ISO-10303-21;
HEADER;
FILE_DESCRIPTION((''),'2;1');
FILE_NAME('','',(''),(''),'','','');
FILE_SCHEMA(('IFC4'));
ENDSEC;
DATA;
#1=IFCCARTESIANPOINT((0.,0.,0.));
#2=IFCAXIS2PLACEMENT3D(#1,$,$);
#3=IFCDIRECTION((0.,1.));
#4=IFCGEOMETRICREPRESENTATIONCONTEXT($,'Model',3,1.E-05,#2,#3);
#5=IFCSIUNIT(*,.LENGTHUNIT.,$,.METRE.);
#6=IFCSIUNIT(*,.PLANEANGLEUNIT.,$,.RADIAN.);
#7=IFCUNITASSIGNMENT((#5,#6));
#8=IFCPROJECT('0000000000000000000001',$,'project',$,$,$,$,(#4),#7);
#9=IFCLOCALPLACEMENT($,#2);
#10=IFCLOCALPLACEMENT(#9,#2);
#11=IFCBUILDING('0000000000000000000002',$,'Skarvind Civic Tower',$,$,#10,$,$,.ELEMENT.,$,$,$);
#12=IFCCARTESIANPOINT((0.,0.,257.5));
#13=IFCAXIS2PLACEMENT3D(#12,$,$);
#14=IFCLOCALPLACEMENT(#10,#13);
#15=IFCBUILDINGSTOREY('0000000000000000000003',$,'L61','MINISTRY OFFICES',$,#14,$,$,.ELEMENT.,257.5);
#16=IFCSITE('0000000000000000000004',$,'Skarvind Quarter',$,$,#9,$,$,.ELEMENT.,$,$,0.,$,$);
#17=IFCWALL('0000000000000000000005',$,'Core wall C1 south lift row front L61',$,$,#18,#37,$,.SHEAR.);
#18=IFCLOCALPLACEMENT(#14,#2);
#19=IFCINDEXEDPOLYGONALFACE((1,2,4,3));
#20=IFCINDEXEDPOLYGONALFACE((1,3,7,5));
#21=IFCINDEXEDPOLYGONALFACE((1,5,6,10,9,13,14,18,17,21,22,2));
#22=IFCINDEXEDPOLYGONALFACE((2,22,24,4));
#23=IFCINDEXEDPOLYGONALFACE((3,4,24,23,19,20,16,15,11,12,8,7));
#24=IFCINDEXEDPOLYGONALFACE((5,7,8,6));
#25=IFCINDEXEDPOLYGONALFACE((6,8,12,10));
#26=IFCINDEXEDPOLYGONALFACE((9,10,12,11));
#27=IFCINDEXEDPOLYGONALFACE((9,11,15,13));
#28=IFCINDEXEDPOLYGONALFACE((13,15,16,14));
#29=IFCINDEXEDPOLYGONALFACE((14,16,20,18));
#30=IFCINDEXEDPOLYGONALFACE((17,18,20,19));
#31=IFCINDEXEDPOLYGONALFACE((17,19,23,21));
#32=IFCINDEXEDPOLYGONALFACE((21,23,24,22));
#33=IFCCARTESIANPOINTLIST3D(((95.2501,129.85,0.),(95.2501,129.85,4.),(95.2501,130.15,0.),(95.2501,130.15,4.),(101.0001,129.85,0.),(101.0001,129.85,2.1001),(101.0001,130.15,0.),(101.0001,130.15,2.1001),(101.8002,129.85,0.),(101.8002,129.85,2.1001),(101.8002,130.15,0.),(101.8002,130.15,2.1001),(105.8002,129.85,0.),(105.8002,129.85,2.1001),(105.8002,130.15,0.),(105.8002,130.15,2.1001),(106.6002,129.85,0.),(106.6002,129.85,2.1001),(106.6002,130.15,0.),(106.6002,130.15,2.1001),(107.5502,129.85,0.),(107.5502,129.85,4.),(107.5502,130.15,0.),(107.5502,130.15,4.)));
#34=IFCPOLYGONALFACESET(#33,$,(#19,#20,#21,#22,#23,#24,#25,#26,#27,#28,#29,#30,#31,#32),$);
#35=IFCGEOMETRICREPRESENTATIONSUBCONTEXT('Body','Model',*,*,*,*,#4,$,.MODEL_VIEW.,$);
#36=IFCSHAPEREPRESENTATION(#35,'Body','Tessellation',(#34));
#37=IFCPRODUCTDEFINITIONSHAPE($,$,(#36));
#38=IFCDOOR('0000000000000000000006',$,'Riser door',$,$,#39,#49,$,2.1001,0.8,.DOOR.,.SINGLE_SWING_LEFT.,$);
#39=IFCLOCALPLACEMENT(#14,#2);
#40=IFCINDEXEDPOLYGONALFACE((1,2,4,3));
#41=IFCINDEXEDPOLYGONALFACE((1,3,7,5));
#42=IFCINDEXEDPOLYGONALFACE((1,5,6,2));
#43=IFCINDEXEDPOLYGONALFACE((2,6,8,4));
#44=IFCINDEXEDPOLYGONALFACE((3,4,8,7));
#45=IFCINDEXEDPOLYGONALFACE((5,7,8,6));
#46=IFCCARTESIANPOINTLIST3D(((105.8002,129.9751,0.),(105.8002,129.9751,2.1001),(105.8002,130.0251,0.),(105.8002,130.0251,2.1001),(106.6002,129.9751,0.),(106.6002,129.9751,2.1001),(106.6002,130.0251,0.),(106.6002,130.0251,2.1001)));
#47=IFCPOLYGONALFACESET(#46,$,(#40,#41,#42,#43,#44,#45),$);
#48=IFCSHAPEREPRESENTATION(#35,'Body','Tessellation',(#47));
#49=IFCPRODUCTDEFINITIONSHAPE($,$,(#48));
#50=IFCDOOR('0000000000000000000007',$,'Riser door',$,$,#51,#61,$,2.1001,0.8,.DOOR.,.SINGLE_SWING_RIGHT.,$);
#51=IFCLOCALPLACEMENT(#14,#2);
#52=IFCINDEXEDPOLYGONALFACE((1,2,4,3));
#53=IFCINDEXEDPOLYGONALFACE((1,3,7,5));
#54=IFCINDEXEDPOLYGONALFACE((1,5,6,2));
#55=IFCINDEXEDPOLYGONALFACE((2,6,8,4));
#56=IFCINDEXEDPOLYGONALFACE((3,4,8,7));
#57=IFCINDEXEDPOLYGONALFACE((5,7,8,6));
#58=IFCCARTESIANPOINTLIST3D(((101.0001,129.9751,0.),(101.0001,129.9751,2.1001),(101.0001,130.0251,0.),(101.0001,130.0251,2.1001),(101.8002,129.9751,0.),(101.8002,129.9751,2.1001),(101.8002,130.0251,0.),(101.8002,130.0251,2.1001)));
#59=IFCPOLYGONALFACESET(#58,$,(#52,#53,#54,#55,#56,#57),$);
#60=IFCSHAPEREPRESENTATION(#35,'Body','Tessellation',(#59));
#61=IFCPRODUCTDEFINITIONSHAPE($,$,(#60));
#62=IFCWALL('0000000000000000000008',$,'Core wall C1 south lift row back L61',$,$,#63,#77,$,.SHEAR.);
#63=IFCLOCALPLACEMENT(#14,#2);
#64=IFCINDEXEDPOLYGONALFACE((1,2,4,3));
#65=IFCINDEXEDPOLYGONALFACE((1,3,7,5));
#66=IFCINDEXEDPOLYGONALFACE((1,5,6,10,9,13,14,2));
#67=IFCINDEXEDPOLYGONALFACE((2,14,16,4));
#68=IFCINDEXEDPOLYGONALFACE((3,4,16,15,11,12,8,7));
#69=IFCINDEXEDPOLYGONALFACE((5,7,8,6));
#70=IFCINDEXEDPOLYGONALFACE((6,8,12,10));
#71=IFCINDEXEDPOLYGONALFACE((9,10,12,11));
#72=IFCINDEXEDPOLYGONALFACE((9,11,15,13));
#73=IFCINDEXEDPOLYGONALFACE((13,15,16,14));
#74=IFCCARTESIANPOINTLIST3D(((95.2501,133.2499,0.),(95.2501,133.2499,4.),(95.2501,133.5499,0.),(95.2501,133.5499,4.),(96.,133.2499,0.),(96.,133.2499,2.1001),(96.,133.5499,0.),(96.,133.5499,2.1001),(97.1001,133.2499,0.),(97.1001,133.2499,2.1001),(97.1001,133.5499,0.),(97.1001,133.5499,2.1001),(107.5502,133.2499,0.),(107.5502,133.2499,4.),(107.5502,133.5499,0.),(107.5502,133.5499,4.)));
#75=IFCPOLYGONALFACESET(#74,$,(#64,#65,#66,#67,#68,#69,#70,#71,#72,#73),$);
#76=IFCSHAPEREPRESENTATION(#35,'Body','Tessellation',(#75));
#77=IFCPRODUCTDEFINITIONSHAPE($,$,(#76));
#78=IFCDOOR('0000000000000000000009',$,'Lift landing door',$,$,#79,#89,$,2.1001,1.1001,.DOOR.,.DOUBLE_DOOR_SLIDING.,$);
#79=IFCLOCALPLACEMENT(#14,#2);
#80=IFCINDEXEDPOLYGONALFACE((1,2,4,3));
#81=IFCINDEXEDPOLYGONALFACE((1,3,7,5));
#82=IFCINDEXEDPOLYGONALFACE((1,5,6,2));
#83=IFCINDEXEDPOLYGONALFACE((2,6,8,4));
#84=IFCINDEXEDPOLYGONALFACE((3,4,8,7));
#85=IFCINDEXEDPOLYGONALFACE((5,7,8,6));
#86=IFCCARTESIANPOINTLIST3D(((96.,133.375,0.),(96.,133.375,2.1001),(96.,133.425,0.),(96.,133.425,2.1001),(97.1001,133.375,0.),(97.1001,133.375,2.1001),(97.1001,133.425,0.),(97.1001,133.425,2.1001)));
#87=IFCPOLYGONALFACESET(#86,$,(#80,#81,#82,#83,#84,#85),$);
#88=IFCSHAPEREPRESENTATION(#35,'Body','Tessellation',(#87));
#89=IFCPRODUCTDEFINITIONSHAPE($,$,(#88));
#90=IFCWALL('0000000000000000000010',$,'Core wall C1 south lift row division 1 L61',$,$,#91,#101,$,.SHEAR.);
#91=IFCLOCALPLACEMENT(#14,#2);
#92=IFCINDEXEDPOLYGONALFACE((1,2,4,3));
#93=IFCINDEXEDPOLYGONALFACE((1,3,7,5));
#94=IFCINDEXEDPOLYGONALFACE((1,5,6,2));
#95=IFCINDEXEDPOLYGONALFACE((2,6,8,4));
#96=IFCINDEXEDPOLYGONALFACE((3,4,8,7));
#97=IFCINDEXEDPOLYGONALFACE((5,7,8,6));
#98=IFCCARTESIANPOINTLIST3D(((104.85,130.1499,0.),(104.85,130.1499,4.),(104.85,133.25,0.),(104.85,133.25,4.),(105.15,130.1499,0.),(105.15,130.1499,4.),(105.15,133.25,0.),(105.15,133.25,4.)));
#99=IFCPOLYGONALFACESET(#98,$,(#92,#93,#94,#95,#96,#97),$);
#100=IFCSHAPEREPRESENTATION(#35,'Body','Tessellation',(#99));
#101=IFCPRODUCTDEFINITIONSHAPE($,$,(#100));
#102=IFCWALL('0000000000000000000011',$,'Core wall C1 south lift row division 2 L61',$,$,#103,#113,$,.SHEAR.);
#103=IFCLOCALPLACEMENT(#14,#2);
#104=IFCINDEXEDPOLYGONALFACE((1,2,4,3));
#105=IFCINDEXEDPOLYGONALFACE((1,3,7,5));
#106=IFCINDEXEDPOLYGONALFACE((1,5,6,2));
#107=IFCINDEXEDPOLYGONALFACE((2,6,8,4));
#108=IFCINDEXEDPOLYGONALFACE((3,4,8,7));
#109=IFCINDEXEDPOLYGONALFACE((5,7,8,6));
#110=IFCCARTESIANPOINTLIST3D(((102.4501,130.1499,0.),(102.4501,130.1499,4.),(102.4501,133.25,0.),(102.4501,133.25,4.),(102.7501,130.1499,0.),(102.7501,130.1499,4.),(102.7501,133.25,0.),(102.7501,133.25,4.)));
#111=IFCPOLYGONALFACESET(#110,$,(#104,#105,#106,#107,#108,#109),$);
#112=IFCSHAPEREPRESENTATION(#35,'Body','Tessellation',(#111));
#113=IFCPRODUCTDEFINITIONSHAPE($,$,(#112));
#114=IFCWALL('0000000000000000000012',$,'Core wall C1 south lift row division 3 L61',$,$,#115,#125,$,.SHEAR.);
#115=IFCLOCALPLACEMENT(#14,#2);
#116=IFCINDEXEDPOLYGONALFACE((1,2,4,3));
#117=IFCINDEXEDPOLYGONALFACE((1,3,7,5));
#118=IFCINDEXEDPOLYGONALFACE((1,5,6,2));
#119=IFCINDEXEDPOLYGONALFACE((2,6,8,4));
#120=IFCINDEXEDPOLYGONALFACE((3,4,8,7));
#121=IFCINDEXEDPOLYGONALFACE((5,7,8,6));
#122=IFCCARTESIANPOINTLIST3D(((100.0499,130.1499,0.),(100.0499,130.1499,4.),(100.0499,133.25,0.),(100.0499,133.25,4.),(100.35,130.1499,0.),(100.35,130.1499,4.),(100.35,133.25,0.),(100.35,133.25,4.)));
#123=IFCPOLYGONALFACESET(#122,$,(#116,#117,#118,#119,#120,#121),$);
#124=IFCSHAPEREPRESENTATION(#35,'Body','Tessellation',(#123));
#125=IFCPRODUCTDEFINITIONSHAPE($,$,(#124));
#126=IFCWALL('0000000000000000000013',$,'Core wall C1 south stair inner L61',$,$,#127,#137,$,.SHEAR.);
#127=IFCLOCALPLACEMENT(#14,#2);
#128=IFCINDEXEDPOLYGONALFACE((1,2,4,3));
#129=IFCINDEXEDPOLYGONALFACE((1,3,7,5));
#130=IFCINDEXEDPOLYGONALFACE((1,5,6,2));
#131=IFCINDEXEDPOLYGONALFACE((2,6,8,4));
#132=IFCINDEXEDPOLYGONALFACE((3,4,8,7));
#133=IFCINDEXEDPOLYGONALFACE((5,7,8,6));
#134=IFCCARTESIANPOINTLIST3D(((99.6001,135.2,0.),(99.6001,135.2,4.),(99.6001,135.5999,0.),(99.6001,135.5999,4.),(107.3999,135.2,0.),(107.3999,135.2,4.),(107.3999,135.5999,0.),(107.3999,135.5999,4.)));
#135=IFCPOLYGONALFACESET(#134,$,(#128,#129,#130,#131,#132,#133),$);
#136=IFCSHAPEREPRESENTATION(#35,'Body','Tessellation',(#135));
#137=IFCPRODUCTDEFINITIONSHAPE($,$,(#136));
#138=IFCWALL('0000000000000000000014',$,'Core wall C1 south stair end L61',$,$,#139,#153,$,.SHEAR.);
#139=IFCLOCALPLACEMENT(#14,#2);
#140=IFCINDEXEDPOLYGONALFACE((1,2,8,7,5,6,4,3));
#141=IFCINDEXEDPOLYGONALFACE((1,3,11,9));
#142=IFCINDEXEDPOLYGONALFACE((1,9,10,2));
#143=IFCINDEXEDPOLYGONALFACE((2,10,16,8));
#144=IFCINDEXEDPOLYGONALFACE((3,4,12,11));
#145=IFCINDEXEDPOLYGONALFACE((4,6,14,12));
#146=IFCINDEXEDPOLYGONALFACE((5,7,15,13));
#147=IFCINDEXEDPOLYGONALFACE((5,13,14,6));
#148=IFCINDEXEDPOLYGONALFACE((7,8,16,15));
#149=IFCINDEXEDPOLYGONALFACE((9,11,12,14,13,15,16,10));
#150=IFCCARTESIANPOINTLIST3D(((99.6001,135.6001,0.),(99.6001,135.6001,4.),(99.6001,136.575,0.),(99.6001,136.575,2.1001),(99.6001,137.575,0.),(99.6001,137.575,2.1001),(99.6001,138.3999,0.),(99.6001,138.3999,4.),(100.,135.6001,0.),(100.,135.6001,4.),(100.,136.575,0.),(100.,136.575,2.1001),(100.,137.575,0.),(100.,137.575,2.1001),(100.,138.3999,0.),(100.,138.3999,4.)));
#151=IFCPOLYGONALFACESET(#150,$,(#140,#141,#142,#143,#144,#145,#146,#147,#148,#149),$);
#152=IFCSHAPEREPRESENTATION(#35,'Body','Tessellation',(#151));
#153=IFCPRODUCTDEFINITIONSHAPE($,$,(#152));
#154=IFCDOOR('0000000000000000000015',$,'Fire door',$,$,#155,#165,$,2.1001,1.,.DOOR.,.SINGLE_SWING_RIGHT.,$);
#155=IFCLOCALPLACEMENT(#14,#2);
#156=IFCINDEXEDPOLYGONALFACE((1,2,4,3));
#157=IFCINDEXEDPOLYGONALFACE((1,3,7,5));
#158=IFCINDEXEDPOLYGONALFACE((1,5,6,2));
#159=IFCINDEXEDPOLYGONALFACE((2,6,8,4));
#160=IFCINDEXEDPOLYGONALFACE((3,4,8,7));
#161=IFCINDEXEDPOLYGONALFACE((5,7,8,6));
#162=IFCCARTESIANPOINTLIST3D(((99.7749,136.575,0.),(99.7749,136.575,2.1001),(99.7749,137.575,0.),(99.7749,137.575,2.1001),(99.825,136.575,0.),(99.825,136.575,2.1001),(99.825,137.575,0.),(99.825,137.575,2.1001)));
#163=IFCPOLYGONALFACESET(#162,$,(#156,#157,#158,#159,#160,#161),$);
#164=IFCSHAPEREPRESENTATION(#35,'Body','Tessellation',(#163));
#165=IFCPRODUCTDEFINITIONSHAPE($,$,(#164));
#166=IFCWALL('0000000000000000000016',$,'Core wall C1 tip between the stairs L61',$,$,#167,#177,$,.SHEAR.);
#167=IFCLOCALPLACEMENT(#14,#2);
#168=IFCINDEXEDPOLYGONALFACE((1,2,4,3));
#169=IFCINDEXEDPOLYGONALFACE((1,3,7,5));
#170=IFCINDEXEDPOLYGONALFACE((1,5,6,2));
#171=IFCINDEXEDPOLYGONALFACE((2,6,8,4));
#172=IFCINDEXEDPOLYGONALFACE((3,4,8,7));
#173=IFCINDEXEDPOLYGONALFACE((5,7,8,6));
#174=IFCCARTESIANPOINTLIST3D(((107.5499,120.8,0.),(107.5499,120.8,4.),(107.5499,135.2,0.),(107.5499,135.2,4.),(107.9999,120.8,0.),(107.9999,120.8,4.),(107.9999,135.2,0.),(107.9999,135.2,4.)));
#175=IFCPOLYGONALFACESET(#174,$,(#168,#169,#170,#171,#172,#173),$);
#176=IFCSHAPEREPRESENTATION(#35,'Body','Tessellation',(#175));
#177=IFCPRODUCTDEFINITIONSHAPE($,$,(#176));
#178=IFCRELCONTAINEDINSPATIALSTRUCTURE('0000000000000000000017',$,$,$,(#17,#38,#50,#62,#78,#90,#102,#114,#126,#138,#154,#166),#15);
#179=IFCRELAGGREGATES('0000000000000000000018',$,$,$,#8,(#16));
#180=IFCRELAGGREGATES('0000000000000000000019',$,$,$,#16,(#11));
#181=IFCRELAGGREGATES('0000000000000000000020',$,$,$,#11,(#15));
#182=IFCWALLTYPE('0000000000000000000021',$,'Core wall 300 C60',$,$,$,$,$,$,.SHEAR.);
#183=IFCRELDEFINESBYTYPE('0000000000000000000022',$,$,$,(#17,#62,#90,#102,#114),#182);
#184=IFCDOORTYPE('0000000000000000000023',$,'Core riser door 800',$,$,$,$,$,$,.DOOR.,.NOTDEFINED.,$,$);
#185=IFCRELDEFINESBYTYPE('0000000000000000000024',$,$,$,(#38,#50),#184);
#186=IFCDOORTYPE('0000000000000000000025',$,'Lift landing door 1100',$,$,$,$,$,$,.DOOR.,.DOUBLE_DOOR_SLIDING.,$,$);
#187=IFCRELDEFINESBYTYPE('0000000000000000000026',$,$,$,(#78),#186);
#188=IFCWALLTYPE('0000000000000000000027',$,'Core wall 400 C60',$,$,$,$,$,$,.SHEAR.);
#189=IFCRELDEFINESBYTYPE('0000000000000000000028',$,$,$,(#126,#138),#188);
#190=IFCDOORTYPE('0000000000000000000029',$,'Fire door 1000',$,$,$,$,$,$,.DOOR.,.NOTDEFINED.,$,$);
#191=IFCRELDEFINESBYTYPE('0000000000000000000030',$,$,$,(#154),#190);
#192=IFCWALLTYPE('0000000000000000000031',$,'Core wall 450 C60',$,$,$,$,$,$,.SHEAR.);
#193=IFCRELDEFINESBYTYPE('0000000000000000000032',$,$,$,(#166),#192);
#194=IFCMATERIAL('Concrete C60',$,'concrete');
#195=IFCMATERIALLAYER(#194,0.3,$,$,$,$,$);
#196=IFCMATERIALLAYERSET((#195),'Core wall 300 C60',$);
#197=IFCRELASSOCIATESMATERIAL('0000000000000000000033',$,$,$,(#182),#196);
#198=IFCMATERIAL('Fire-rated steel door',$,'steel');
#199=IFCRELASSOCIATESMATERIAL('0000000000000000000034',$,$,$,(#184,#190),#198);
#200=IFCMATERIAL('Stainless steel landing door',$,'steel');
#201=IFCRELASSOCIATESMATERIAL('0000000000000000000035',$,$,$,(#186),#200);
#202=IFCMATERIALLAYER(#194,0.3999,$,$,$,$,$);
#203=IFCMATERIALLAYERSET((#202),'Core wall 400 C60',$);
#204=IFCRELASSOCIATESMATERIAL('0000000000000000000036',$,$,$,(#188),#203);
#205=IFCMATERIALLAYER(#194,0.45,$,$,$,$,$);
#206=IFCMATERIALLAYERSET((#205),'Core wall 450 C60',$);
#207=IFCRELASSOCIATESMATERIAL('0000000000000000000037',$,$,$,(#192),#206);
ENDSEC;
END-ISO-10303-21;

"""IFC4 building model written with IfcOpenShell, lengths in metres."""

from ifc_helpers import new_model, si_unit, direction, frame, frame_2d, origin, place, context, subcontext, project, spatial, rectangle, extrude, material, layer, layer_set, type_object, element, fill, save


model = new_model("IFC4")

# Units and contexts
model_context = context("Model", 3, precision=1e-05, world=origin(), true_north=direction((0.0, 1.0)))
body_context = subcontext(model_context, "Body", "Model", "MODEL_VIEW")
ifc_project = project(units=[si_unit("LENGTHUNIT", "METRE"), si_unit("PLANEANGLEUNIT", "RADIAN")], contexts=[model_context])

# Site, building, storey
site_placement = place(None, origin())
site = spatial("IfcSite", under=ifc_project, at=site_placement, Name="Skarvind Quarter", CompositionType="ELEMENT", RefElevation=0.0)
building_placement = place(site_placement, origin())
building = spatial("IfcBuilding", under=site, at=building_placement, Name="Skarvind Civic Tower", CompositionType="ELEMENT")
storey_placement = place(building_placement, frame((0.0, 0.0, 257.5)))
storey = spatial("IfcBuildingStorey", under=building, at=storey_placement, Name="L61", Description="MINISTRY OFFICES", CompositionType="ELEMENT", Elevation=257.5)

# Wall, openings, doors
ifc_material_1 = material(Name="Concrete C60", Category="concrete")
ifc_layer_1 = layer(ifc_material_1, 0.3)
ifc_layer_set_1 = layer_set([ifc_layer_1], Name="Core wall 300 C60")
wall_type_1 = type_object("IfcWallType", Name="Core wall 300 C60", PredefinedType="SHEAR", material=ifc_layer_set_1)
wall_1_placement = place(storey_placement, frame((107.55, 130.0, 0.0), z_axis=(0.0, 0.0, 1.0), x_axis=(-1.0, 0.0, 0.0)))
wall_1 = element("IfcWall", 1, at=wall_1_placement, inside=storey, type_object=wall_type_1, Name="Core wall C1 south lift row front L61", PredefinedType="SHEAR", context=body_context, shape_type="SweptSolid", body=[
    extrude(rectangle(XDim=12.3, YDim=0.3, at=frame_2d((6.1499, 0.0))), origin(), (0.0, 0.0, 1.0), 4.0),
])
opening_1_placement = place(wall_1_placement, frame((0.95, 0.0, 0.0)))
opening_1 = element("IfcOpeningElement", 2, at=opening_1_placement, cuts=wall_1, PredefinedType="OPENING", context=body_context, shape_type="SweptSolid", body=[
    extrude(rectangle(XDim=0.8, YDim=2.1001, at=frame_2d((0.3999, 1.05))), frame((0.0, 0.1599, 0.0), z_axis=(0.0, -1.0, 0.0), x_axis=(1.0, 0.0, 0.0)), (0.0, 0.0, 1.0), 0.3201),
])
opening_2_placement = place(wall_1_placement, frame((5.75, 0.0, 0.0)))
opening_2 = element("IfcOpeningElement", 3, at=opening_2_placement, cuts=wall_1, PredefinedType="OPENING", context=body_context, shape_type="SweptSolid", body=[
    extrude(rectangle(XDim=0.8, YDim=2.1001, at=frame_2d((0.3999, 1.05))), frame((0.0, 0.1599, 0.0), z_axis=(0.0, -1.0, 0.0), x_axis=(1.0, 0.0, 0.0)), (0.0, 0.0, 1.0), 0.3201),
])
ifc_material_2 = material(Name="Fire-rated steel door", Category="steel")
door_type_1 = type_object("IfcDoorType", Name="Core riser door 800", OperationType="NOTDEFINED", PredefinedType="DOOR", material=ifc_material_2)
door_1_placement = place(opening_1_placement, origin())
door_1 = element("IfcDoor", 4, at=door_1_placement, inside=storey, type_object=door_type_1, Name="Riser door", OperationType="SINGLE_SWING_LEFT", OverallHeight=2.1001, OverallWidth=0.8, PredefinedType="DOOR", context=body_context, shape_type="SweptSolid", body=[
    extrude(rectangle(XDim=0.8, YDim=2.1001, at=frame_2d((0.3999, 1.05))), frame((0.0, 0.0249, 0.0), z_axis=(0.0, -1.0, 0.0), x_axis=(1.0, 0.0, 0.0)), (0.0, 0.0, 1.0), 0.05),
])
fill(opening_1, door_1)
door_2_placement = place(opening_2_placement, origin())
door_2 = element("IfcDoor", 5, at=door_2_placement, inside=storey, type_object=door_type_1, Name="Riser door", OperationType="SINGLE_SWING_RIGHT", OverallHeight=2.1001, OverallWidth=0.8, PredefinedType="DOOR", context=body_context, shape_type="SweptSolid", body=[
    extrude(rectangle(XDim=0.8, YDim=2.1001, at=frame_2d((0.3999, 1.05))), frame((0.0, 0.0249, 0.0), z_axis=(0.0, -1.0, 0.0), x_axis=(1.0, 0.0, 0.0)), (0.0, 0.0, 1.0), 0.05),
])
fill(opening_2, door_2)

# Wall, opening, door
wall_2_placement = place(storey_placement, frame((107.55, 133.3999, 0.0), z_axis=(0.0, 0.0, 1.0), x_axis=(-1.0, 0.0, 0.0)))
wall_2 = element("IfcWall", 6, at=wall_2_placement, inside=storey, type_object=wall_type_1, Name="Core wall C1 south lift row back L61", PredefinedType="SHEAR", context=body_context, shape_type="SweptSolid", body=[
    extrude(rectangle(XDim=12.3, YDim=0.3, at=frame_2d((6.1499, 0.0))), origin(), (0.0, 0.0, 1.0), 4.0),
])
opening_3_placement = place(wall_2_placement, frame((10.45, 0.0, 0.0)))
opening_3 = element("IfcOpeningElement", 7, at=opening_3_placement, cuts=wall_2, PredefinedType="OPENING", context=body_context, shape_type="SweptSolid", body=[
    extrude(rectangle(XDim=1.1001, YDim=2.1001, at=frame_2d((0.55, 1.05))), frame((0.0, 0.1599, 0.0), z_axis=(0.0, -1.0, 0.0), x_axis=(1.0, 0.0, 0.0)), (0.0, 0.0, 1.0), 0.3201),
])
ifc_material_3 = material(Name="Stainless steel landing door", Category="steel")
door_type_2 = type_object("IfcDoorType", Name="Lift landing door 1100", OperationType="DOUBLE_DOOR_SLIDING", PredefinedType="DOOR", material=ifc_material_3)
door_3_placement = place(opening_3_placement, origin())
door_3 = element("IfcDoor", 8, at=door_3_placement, inside=storey, type_object=door_type_2, Name="Lift landing door", OperationType="DOUBLE_DOOR_SLIDING", OverallHeight=2.1001, OverallWidth=1.1001, PredefinedType="DOOR", context=body_context, shape_type="SweptSolid", body=[
    extrude(rectangle(XDim=1.1001, YDim=2.1001, at=frame_2d((0.55, 1.05))), frame((0.0, 0.0249, 0.0), z_axis=(0.0, -1.0, 0.0), x_axis=(1.0, 0.0, 0.0)), (0.0, 0.0, 1.0), 0.05),
])
fill(opening_3, door_3)

# Walls
for number, where, z_axis, x_axis, name in (
    (9, (105.0, 133.25, 0.0), (0.0, 0.0, 1.0), (0.0, -1.0, 0.0), "Core wall C1 south lift row division 1 L61"),
    (10, (102.6001, 133.25, 0.0), (0.0, 0.0, 1.0), (0.0, -1.0, 0.0), "Core wall C1 south lift row division 2 L61"),
    (11, (100.2, 133.25, 0.0), (0.0, 0.0, 1.0), (0.0, -1.0, 0.0), "Core wall C1 south lift row division 3 L61"),
):
    element("IfcWall", number, at=place(storey_placement, frame(where, z_axis=z_axis, x_axis=x_axis)), inside=storey, type_object=wall_type_1, Name=name, PredefinedType="SHEAR", context=body_context, shape_type="SweptSolid", body=[
        extrude(rectangle(XDim=3.1001, YDim=0.3, at=frame_2d((1.55, 0.0))), origin(), (0.0, 0.0, 1.0), 4.0),
    ])
ifc_layer_2 = layer(ifc_material_1, 0.3999)
ifc_layer_set_2 = layer_set([ifc_layer_2], Name="Core wall 400 C60")
wall_type_2 = type_object("IfcWallType", Name="Core wall 400 C60", PredefinedType="SHEAR", material=ifc_layer_set_2)
wall_3_placement = place(storey_placement, frame((107.3999, 135.3999, 0.0), z_axis=(0.0, 0.0, 1.0), x_axis=(-1.0, 0.0, 0.0)))
element("IfcWall", 12, at=wall_3_placement, inside=storey, type_object=wall_type_2, Name="Core wall C1 south stair inner L61", PredefinedType="SHEAR", context=body_context, shape_type="SweptSolid", body=[
    extrude(rectangle(XDim=7.7998, YDim=0.3999, at=frame_2d((3.8999, 0.0))), origin(), (0.0, 0.0, 1.0), 4.0),
])

# Wall, opening, door
wall_4_placement = place(storey_placement, frame((99.8, 138.3999, 0.0), z_axis=(0.0, 0.0, 1.0), x_axis=(0.0, -1.0, 0.0)))
wall_4 = element("IfcWall", 13, at=wall_4_placement, inside=storey, type_object=wall_type_2, Name="Core wall C1 south stair end L61", PredefinedType="SHEAR", context=body_context, shape_type="SweptSolid", body=[
    extrude(rectangle(XDim=2.7998, YDim=0.3999, at=frame_2d((1.3999, 0.0))), origin(), (0.0, 0.0, 1.0), 4.0),
])
opening_4_placement = place(wall_4_placement, frame((0.825, 0.0, 0.0)))
opening_4 = element("IfcOpeningElement", 14, at=opening_4_placement, cuts=wall_4, PredefinedType="OPENING", context=body_context, shape_type="SweptSolid", body=[
    extrude(rectangle(XDim=1.0, YDim=2.1001, at=frame_2d((0.5, 1.05))), frame((0.0, 0.21, 0.0), z_axis=(0.0, -1.0, 0.0), x_axis=(1.0, 0.0, 0.0)), (0.0, 0.0, 1.0), 0.4199),
])
door_type_3 = type_object("IfcDoorType", Name="Fire door 1000", OperationType="NOTDEFINED", PredefinedType="DOOR", material=ifc_material_2)
door_4_placement = place(opening_4_placement, origin())
door_4 = element("IfcDoor", 15, at=door_4_placement, inside=storey, type_object=door_type_3, Name="Fire door", OperationType="SINGLE_SWING_RIGHT", OverallHeight=2.1001, OverallWidth=1.0, PredefinedType="DOOR", context=body_context, shape_type="SweptSolid", body=[
    extrude(rectangle(XDim=1.0, YDim=2.1001, at=frame_2d((0.5, 1.05))), frame((0.0, 0.0249, 0.0), z_axis=(0.0, -1.0, 0.0), x_axis=(1.0, 0.0, 0.0)), (0.0, 0.0, 1.0), 0.05),
])
fill(opening_4, door_4)

# Wall
ifc_layer_3 = layer(ifc_material_1, 0.45)
ifc_layer_set_3 = layer_set([ifc_layer_3], Name="Core wall 450 C60")
wall_type_3 = type_object("IfcWallType", Name="Core wall 450 C60", PredefinedType="SHEAR", material=ifc_layer_set_3)
wall_5_placement = place(storey_placement, frame((107.7749, 135.2, 0.0), z_axis=(0.0, 0.0, 1.0), x_axis=(0.0, -1.0, 0.0)))
element("IfcWall", 16, at=wall_5_placement, inside=storey, type_object=wall_type_3, Name="Core wall C1 tip between the stairs L61", PredefinedType="SHEAR", context=body_context, shape_type="SweptSolid", body=[
    extrude(rectangle(XDim=14.3999, YDim=0.45, at=frame_2d((7.2, 0.0))), origin(), (0.0, 0.0, 1.0), 4.0),
])

save(model, "model.ifc")
